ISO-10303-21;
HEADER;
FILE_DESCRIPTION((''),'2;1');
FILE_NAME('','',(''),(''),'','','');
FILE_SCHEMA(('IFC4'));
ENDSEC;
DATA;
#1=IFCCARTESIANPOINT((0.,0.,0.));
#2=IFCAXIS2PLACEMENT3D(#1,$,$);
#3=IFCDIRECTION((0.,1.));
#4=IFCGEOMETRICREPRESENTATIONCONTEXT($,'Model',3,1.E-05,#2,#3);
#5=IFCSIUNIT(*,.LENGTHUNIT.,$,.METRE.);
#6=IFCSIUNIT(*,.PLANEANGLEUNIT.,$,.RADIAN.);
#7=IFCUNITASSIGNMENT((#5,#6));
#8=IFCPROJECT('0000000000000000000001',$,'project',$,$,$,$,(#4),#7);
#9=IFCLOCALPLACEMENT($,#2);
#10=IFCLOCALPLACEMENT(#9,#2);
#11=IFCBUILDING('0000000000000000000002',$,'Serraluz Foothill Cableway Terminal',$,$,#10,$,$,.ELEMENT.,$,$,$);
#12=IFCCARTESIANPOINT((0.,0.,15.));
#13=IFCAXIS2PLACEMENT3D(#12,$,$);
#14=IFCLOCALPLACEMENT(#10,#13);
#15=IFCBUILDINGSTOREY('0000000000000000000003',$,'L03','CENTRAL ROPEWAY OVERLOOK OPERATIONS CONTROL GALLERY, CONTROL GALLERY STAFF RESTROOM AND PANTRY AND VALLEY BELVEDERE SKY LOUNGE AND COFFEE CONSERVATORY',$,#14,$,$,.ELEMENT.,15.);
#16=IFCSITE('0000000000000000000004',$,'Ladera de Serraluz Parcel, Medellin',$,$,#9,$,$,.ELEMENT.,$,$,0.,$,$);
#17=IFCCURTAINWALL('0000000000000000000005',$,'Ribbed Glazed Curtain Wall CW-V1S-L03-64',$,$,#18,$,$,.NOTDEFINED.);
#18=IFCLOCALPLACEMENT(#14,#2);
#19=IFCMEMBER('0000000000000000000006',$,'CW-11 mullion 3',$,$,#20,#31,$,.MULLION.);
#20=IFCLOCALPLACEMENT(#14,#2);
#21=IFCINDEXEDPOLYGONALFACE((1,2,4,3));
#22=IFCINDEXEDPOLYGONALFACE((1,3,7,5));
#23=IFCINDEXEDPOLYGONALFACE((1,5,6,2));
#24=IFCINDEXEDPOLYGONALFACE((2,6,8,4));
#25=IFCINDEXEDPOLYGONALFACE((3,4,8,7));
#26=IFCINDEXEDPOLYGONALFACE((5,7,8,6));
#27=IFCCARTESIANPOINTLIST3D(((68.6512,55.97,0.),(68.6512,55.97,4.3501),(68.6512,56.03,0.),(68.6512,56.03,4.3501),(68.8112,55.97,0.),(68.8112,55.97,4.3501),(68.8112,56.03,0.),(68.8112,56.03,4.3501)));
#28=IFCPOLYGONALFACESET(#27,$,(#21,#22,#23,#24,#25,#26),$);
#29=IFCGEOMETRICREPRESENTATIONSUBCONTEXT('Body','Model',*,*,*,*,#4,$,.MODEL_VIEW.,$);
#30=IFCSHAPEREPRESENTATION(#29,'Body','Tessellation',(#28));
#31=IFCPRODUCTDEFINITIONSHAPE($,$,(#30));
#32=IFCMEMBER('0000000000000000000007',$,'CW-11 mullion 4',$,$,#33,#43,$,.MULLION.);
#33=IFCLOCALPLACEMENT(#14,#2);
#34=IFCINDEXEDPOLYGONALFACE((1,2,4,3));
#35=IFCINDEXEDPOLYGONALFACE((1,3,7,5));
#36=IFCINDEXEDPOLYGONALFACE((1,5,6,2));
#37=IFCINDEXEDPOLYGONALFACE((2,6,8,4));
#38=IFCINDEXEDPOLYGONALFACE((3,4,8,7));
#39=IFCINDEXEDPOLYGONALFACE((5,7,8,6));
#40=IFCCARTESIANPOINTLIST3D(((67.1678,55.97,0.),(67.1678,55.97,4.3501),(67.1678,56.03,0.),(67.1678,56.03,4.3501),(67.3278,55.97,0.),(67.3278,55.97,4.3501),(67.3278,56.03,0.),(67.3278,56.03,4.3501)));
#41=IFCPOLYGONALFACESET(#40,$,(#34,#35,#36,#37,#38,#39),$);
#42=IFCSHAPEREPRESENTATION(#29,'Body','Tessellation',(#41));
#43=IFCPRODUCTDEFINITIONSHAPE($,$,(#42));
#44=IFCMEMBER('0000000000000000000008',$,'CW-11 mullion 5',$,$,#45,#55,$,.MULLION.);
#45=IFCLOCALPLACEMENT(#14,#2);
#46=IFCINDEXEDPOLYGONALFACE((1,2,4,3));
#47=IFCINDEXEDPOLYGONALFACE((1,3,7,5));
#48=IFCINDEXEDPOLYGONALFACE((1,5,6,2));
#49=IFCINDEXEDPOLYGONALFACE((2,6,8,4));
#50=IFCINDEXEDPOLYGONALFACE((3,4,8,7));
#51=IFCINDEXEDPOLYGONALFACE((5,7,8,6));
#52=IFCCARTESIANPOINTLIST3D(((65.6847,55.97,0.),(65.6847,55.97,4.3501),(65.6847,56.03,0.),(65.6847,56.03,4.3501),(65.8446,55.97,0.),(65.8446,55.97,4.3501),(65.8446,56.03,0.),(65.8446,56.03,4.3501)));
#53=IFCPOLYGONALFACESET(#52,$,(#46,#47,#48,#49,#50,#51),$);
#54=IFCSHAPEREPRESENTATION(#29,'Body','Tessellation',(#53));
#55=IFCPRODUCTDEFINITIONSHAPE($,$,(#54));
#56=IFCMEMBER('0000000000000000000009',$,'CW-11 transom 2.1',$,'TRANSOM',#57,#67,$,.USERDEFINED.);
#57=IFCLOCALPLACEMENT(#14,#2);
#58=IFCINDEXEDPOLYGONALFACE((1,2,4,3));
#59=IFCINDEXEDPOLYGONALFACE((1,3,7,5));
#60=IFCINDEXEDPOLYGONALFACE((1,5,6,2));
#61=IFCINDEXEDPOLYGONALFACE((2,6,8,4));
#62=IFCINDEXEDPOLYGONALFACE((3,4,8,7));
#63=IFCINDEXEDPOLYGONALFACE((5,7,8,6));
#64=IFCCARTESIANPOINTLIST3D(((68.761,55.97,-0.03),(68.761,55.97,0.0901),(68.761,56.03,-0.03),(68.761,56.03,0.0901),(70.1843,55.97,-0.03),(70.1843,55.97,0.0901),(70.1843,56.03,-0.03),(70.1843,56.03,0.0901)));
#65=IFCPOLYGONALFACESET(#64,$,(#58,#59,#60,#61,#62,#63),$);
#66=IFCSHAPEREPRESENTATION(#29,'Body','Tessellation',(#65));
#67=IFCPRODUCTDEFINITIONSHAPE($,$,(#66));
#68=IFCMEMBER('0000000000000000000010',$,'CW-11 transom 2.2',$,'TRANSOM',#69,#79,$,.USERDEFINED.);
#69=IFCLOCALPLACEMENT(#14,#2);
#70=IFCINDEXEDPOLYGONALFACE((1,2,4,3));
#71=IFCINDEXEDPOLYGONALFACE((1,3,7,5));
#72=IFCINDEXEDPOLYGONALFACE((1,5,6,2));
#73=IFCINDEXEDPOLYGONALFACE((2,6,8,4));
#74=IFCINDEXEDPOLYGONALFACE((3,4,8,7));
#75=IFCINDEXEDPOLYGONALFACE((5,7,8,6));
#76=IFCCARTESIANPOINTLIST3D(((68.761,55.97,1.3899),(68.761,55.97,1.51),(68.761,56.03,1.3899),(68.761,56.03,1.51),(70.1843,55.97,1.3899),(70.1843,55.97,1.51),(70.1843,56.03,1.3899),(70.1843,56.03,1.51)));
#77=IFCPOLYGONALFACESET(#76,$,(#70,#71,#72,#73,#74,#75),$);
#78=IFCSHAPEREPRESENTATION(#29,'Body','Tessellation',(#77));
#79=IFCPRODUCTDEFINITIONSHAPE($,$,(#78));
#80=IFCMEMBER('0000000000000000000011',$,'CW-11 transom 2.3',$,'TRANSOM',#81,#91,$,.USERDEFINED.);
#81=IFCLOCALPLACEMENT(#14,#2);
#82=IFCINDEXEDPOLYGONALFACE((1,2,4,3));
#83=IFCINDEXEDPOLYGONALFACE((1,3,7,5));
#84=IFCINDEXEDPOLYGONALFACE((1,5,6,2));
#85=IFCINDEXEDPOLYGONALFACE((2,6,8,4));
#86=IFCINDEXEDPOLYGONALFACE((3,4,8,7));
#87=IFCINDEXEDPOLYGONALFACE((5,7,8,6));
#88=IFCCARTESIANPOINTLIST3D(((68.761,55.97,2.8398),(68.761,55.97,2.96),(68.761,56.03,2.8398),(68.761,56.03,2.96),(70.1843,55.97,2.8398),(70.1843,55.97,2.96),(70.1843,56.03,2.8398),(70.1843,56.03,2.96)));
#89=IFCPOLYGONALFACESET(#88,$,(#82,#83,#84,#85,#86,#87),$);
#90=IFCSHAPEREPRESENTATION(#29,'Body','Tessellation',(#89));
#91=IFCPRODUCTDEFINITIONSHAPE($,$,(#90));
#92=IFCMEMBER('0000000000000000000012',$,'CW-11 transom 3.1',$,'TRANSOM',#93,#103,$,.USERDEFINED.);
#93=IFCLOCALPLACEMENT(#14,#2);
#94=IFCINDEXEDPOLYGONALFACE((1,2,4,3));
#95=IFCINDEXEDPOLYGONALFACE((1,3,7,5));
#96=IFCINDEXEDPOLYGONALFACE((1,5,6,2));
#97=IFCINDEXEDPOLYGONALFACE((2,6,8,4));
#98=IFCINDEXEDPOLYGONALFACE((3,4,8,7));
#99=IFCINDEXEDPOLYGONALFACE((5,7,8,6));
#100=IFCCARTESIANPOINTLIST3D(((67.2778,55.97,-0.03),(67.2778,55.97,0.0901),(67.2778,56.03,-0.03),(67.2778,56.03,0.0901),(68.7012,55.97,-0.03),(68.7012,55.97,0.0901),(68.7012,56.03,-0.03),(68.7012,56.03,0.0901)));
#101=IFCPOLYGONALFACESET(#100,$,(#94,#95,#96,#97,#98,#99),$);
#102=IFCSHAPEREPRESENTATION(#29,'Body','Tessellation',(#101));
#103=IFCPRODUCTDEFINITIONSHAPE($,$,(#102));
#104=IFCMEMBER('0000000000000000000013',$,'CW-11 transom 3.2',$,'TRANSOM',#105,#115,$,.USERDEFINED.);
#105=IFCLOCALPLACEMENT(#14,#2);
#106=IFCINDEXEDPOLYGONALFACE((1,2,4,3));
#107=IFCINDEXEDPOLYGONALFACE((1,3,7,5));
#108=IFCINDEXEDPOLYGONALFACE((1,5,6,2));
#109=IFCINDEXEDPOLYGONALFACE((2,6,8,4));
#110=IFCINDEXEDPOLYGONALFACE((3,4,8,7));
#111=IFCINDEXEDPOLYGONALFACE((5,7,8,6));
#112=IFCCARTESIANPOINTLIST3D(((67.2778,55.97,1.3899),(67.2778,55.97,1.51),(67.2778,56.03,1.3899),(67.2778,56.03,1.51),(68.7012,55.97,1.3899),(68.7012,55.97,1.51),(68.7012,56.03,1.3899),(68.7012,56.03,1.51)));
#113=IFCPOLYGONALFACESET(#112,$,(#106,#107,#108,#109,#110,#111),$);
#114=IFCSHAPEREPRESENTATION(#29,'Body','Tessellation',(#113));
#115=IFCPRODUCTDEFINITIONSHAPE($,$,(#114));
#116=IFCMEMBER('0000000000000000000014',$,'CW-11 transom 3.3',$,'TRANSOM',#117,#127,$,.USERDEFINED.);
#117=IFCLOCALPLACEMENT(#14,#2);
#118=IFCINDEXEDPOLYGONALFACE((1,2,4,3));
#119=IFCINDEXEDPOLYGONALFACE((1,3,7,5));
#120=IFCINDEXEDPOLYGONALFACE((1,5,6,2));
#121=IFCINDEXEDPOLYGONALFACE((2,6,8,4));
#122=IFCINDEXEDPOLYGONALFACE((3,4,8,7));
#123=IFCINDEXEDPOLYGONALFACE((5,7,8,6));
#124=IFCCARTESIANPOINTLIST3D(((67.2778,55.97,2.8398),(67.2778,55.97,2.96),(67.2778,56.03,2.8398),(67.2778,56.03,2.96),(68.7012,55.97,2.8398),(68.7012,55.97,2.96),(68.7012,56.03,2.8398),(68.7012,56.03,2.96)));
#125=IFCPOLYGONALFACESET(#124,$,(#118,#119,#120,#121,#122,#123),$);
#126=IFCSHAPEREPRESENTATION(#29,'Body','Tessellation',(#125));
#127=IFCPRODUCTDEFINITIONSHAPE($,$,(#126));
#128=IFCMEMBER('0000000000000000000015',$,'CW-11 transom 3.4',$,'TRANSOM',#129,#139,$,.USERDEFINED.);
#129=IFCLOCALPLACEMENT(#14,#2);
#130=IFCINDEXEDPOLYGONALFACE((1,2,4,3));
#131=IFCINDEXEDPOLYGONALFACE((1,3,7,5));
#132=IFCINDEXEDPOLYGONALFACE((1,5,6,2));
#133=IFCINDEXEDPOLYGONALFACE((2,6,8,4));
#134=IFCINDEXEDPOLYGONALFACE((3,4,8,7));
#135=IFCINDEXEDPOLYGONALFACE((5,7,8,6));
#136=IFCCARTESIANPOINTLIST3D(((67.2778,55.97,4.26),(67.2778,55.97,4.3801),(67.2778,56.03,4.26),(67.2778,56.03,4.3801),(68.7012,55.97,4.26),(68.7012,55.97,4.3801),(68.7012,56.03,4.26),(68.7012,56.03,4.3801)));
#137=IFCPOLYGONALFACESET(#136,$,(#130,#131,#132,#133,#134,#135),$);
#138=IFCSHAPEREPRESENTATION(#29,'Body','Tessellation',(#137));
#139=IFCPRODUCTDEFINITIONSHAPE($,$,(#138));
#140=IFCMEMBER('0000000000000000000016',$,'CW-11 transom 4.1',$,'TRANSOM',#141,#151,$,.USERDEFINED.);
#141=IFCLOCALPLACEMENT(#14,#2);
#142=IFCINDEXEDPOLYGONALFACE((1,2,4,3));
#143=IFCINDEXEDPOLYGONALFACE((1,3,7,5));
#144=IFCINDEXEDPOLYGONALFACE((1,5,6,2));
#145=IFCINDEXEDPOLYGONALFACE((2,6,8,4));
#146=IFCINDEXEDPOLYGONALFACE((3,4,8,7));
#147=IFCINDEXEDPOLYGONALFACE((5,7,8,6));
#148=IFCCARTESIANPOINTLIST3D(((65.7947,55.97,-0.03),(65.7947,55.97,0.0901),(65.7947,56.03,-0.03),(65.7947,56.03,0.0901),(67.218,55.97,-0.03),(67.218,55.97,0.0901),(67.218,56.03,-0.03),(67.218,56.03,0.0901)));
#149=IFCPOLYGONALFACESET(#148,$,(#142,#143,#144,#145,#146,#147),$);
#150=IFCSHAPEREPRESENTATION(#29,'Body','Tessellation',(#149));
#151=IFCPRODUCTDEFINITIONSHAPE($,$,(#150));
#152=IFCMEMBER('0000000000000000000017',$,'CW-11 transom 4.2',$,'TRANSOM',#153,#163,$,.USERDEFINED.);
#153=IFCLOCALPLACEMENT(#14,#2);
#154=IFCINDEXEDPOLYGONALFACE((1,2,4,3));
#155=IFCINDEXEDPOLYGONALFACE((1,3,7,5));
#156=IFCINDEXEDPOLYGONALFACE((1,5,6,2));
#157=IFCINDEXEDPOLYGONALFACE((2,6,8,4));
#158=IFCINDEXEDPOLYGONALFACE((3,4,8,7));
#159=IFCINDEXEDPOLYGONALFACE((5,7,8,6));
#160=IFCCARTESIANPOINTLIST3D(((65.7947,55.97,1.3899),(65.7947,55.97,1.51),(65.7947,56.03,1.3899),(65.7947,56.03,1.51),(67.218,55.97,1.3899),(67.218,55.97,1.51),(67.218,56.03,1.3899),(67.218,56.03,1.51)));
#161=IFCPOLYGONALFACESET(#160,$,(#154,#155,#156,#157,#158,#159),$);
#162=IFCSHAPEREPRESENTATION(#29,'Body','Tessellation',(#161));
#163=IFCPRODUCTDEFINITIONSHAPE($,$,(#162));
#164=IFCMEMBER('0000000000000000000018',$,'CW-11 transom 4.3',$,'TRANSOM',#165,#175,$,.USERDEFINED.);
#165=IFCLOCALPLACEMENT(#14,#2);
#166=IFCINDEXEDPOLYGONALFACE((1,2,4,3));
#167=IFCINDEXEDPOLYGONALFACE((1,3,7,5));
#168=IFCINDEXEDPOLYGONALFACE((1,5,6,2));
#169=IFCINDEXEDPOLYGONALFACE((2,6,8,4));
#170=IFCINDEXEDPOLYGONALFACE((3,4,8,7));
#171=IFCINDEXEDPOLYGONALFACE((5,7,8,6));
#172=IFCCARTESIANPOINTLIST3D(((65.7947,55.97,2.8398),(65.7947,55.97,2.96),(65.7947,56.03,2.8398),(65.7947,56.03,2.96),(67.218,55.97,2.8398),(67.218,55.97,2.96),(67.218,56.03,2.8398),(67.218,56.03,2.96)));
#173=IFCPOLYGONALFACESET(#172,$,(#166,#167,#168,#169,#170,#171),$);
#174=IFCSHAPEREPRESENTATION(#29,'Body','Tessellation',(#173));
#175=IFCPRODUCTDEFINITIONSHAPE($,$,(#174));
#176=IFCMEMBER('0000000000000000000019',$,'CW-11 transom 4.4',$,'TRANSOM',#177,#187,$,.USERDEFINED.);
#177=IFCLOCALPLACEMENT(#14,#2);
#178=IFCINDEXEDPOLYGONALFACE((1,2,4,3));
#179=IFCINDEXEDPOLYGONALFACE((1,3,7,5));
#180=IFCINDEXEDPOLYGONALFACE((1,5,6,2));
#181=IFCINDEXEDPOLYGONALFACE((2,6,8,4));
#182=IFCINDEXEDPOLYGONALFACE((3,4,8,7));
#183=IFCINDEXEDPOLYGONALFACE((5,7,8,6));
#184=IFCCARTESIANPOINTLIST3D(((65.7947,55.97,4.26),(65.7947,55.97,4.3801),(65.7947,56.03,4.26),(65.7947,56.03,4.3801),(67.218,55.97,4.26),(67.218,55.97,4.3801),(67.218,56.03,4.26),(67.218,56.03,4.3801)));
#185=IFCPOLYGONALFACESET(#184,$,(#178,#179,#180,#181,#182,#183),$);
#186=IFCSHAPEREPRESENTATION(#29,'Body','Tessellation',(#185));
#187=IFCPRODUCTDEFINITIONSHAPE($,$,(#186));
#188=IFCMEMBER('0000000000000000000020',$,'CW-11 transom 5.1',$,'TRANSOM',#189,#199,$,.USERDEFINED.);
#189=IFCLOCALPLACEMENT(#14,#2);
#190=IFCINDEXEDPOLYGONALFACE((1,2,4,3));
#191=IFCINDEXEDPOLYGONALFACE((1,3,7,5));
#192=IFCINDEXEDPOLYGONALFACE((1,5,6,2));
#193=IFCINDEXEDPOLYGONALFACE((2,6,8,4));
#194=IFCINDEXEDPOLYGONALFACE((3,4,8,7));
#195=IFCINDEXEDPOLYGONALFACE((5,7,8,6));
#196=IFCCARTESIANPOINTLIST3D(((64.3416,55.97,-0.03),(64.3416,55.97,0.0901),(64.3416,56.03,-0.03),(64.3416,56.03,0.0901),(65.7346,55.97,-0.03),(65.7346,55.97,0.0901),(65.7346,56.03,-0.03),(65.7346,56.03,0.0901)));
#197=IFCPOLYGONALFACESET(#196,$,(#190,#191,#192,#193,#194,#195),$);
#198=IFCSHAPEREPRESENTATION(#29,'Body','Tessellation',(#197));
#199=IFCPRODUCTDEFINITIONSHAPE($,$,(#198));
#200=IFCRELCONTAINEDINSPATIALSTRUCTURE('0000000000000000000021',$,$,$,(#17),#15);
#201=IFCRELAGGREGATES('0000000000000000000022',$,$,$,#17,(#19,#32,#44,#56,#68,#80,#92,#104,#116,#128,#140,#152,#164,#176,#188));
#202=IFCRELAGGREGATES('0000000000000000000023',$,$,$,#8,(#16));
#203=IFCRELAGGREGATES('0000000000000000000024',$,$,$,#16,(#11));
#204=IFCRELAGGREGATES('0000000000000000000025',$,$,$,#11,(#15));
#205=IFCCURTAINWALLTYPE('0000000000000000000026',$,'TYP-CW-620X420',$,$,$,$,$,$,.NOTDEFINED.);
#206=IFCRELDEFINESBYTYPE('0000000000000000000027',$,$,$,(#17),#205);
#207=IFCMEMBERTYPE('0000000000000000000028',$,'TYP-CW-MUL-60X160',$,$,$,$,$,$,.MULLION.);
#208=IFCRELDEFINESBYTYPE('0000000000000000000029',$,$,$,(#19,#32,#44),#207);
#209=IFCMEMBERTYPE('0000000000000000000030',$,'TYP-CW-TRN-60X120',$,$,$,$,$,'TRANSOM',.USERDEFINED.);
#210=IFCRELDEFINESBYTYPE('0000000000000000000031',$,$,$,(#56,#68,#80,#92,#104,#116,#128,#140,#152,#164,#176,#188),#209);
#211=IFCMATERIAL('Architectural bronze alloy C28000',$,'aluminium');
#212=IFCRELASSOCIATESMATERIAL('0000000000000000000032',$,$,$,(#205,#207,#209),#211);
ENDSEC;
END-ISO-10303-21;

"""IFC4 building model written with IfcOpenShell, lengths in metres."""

from ifc_helpers import new_model, si_unit, direction, frame, origin, origin_2d, place, context, subcontext, project, spatial, rectangle, extrude, material, material_profile, profile_set, type_object, element, aggregate, save


model = new_model("IFC4")

# Units and contexts
model_context = context("Model", 3, precision=1e-05, world=origin(), true_north=direction((0.0, 1.0)))
body_context = subcontext(model_context, "Body", "Model", "MODEL_VIEW")
ifc_project = project(units=[si_unit("LENGTHUNIT", "METRE"), si_unit("PLANEANGLEUNIT", "RADIAN")], contexts=[model_context])

# Site, building, storey
site_placement = place(None, origin())
site = spatial("IfcSite", under=ifc_project, at=site_placement, Name="Ladera de Serraluz Parcel, Medellin", CompositionType="ELEMENT", RefElevation=0.0)
building_placement = place(site_placement, origin())
building = spatial("IfcBuilding", under=site, at=building_placement, Name="Serraluz Foothill Cableway Terminal", CompositionType="ELEMENT")
storey_placement = place(building_placement, frame((0.0, 0.0, 15.0)))
storey = spatial("IfcBuildingStorey", under=building, at=storey_placement, Name="L03", Description="CENTRAL ROPEWAY OVERLOOK OPERATIONS CONTROL GALLERY, CONTROL GALLERY STAFF RESTROOM AND PANTRY AND VALLEY BELVEDERE SKY LOUNGE AND COFFEE CONSERVATORY", CompositionType="ELEMENT", Elevation=15.0)

# Curtain wall, members
ifc_material_1 = material(Name="Architectural bronze alloy C28000", Category="aluminium")
curtain_wall_type = type_object("IfcCurtainWallType", Name="TYP-CW-620X420", PredefinedType="NOTDEFINED", material=ifc_material_1)
curtain_wall_placement = place(storey_placement, origin())
curtain_wall = element("IfcCurtainWall", 1, at=curtain_wall_placement, inside=storey, type_object=curtain_wall_type, Name="Ribbed Glazed Curtain Wall CW-V1S-L03-64", PredefinedType="NOTDEFINED")
ifc_material_profile_1 = material_profile(ifc_material_1, rectangle(XDim=0.0601, YDim=0.1599, at=origin_2d()), Name="ALU MULLION 60x160")
ifc_profile_set_1 = profile_set([ifc_material_profile_1], Name="Architectural bronze alloy C28000")
member_type_1 = type_object("IfcMemberType", Name="TYP-CW-MUL-60X160", PredefinedType="MULLION", material=ifc_profile_set_1)
member_1_placement = place(storey_placement, frame((68.7312, 56.0, 0.0), z_axis=(0.0, 0.0, 1.0), x_axis=(0.0, -1.0, 0.0)))
member_1 = element("IfcMember", 2, at=member_1_placement, type_object=member_type_1, Name="CW-11 mullion 3", PredefinedType="MULLION", context=body_context, shape_type="SweptSolid", body=[
    extrude(rectangle(XDim=0.0601, YDim=0.1599, at=origin_2d()), origin(), (0.0, 0.0, 1.0), 4.3501),
])
member_2_placement = place(storey_placement, frame((67.2478, 56.0, 0.0), z_axis=(0.0, 0.0, 1.0), x_axis=(0.0, -1.0, 0.0)))
member_2 = element("IfcMember", 3, at=member_2_placement, type_object=member_type_1, Name="CW-11 mullion 4", PredefinedType="MULLION", context=body_context, shape_type="SweptSolid", body=[
    extrude(rectangle(XDim=0.0601, YDim=0.1599, at=origin_2d()), origin(), (0.0, 0.0, 1.0), 4.3501),
])
member_3_placement = place(storey_placement, frame((65.7646, 56.0, 0.0), z_axis=(0.0, 0.0, 1.0), x_axis=(0.0, -1.0, 0.0)))
member_3 = element("IfcMember", 4, at=member_3_placement, type_object=member_type_1, Name="CW-11 mullion 5", PredefinedType="MULLION", context=body_context, shape_type="SweptSolid", body=[
    extrude(rectangle(XDim=0.0601, YDim=0.1599, at=origin_2d()), origin(), (0.0, 0.0, 1.0), 4.3501),
])
ifc_material_profile_2 = material_profile(ifc_material_1, rectangle(XDim=0.0601, YDim=0.1201, at=origin_2d()), Name="ALU TRANSOM 60x120")
ifc_profile_set_2 = profile_set([ifc_material_profile_2], Name="Architectural bronze alloy C28000")
member_type_2 = type_object("IfcMemberType", Name="TYP-CW-TRN-60X120", ElementType="TRANSOM", PredefinedType="USERDEFINED", material=ifc_profile_set_2)
member_4_placement = place(storey_placement, frame((70.1843, 56.0, 0.03), z_axis=(-1.0, 0.0, 0.0), x_axis=(0.0, -1.0, 0.0)))
member_4 = element("IfcMember", 5, at=member_4_placement, type_object=member_type_2, Name="CW-11 transom 2.1", ObjectType="TRANSOM", PredefinedType="USERDEFINED", context=body_context, shape_type="SweptSolid", body=[
    extrude(rectangle(XDim=0.0601, YDim=0.1201, at=origin_2d()), origin(), (0.0, 0.0, 1.0), 1.4233),
])
member_5_placement = place(storey_placement, frame((70.1843, 56.0, 1.45), z_axis=(-1.0, 0.0, 0.0), x_axis=(0.0, -1.0, 0.0)))
member_5 = element("IfcMember", 6, at=member_5_placement, type_object=member_type_2, Name="CW-11 transom 2.2", ObjectType="TRANSOM", PredefinedType="USERDEFINED", context=body_context, shape_type="SweptSolid", body=[
    extrude(rectangle(XDim=0.0601, YDim=0.1201, at=origin_2d()), origin(), (0.0, 0.0, 1.0), 1.4233),
])
member_6_placement = place(storey_placement, frame((70.1843, 56.0, 2.8999), z_axis=(-1.0, 0.0, 0.0), x_axis=(0.0, -1.0, 0.0)))
member_6 = element("IfcMember", 7, at=member_6_placement, type_object=member_type_2, Name="CW-11 transom 2.3", ObjectType="TRANSOM", PredefinedType="USERDEFINED", context=body_context, shape_type="SweptSolid", body=[
    extrude(rectangle(XDim=0.0601, YDim=0.1201, at=origin_2d()), origin(), (0.0, 0.0, 1.0), 1.4233),
])
member_7_placement = place(storey_placement, frame((68.7012, 56.0, 0.03), z_axis=(-1.0, 0.0, 0.0), x_axis=(0.0, -1.0, 0.0)))
member_7 = element("IfcMember", 8, at=member_7_placement, type_object=member_type_2, Name="CW-11 transom 3.1", ObjectType="TRANSOM", PredefinedType="USERDEFINED", context=body_context, shape_type="SweptSolid", body=[
    extrude(rectangle(XDim=0.0601, YDim=0.1201, at=origin_2d()), origin(), (0.0, 0.0, 1.0), 1.4233),
])
member_8_placement = place(storey_placement, frame((68.7012, 56.0, 1.45), z_axis=(-1.0, 0.0, 0.0), x_axis=(0.0, -1.0, 0.0)))
member_8 = element("IfcMember", 9, at=member_8_placement, type_object=member_type_2, Name="CW-11 transom 3.2", ObjectType="TRANSOM", PredefinedType="USERDEFINED", context=body_context, shape_type="SweptSolid", body=[
    extrude(rectangle(XDim=0.0601, YDim=0.1201, at=origin_2d()), origin(), (0.0, 0.0, 1.0), 1.4233),
])
member_9_placement = place(storey_placement, frame((68.7012, 56.0, 2.8999), z_axis=(-1.0, 0.0, 0.0), x_axis=(0.0, -1.0, 0.0)))
member_9 = element("IfcMember", 10, at=member_9_placement, type_object=member_type_2, Name="CW-11 transom 3.3", ObjectType="TRANSOM", PredefinedType="USERDEFINED", context=body_context, shape_type="SweptSolid", body=[
    extrude(rectangle(XDim=0.0601, YDim=0.1201, at=origin_2d()), origin(), (0.0, 0.0, 1.0), 1.4233),
])
member_10_placement = place(storey_placement, frame((68.7012, 56.0, 4.3201), z_axis=(-1.0, 0.0, 0.0), x_axis=(0.0, -1.0, 0.0)))
member_10 = element("IfcMember", 11, at=member_10_placement, type_object=member_type_2, Name="CW-11 transom 3.4", ObjectType="TRANSOM", PredefinedType="USERDEFINED", context=body_context, shape_type="SweptSolid", body=[
    extrude(rectangle(XDim=0.0601, YDim=0.1201, at=origin_2d()), origin(), (0.0, 0.0, 1.0), 1.4233),
])
member_11_placement = place(storey_placement, frame((67.218, 56.0, 0.03), z_axis=(-1.0, 0.0, 0.0), x_axis=(0.0, -1.0, 0.0)))
member_11 = element("IfcMember", 12, at=member_11_placement, type_object=member_type_2, Name="CW-11 transom 4.1", ObjectType="TRANSOM", PredefinedType="USERDEFINED", context=body_context, shape_type="SweptSolid", body=[
    extrude(rectangle(XDim=0.0601, YDim=0.1201, at=origin_2d()), origin(), (0.0, 0.0, 1.0), 1.4233),
])
member_12_placement = place(storey_placement, frame((67.218, 56.0, 1.45), z_axis=(-1.0, 0.0, 0.0), x_axis=(0.0, -1.0, 0.0)))
member_12 = element("IfcMember", 13, at=member_12_placement, type_object=member_type_2, Name="CW-11 transom 4.2", ObjectType="TRANSOM", PredefinedType="USERDEFINED", context=body_context, shape_type="SweptSolid", body=[
    extrude(rectangle(XDim=0.0601, YDim=0.1201, at=origin_2d()), origin(), (0.0, 0.0, 1.0), 1.4233),
])
member_13_placement = place(storey_placement, frame((67.218, 56.0, 2.8999), z_axis=(-1.0, 0.0, 0.0), x_axis=(0.0, -1.0, 0.0)))
member_13 = element("IfcMember", 14, at=member_13_placement, type_object=member_type_2, Name="CW-11 transom 4.3", ObjectType="TRANSOM", PredefinedType="USERDEFINED", context=body_context, shape_type="SweptSolid", body=[
    extrude(rectangle(XDim=0.0601, YDim=0.1201, at=origin_2d()), origin(), (0.0, 0.0, 1.0), 1.4233),
])
member_14_placement = place(storey_placement, frame((67.218, 56.0, 4.3201), z_axis=(-1.0, 0.0, 0.0), x_axis=(0.0, -1.0, 0.0)))
member_14 = element("IfcMember", 15, at=member_14_placement, type_object=member_type_2, Name="CW-11 transom 4.4", ObjectType="TRANSOM", PredefinedType="USERDEFINED", context=body_context, shape_type="SweptSolid", body=[
    extrude(rectangle(XDim=0.0601, YDim=0.1201, at=origin_2d()), origin(), (0.0, 0.0, 1.0), 1.4233),
])
member_15_placement = place(storey_placement, frame((65.7346, 56.0, 0.03), z_axis=(-1.0, 0.0, 0.0), x_axis=(0.0, -1.0, 0.0)))
member_15 = element("IfcMember", 16, at=member_15_placement, type_object=member_type_2, Name="CW-11 transom 5.1", ObjectType="TRANSOM", PredefinedType="USERDEFINED", context=body_context, shape_type="SweptSolid", body=[
    extrude(rectangle(XDim=0.0601, YDim=0.1201, at=origin_2d()), origin(), (0.0, 0.0, 1.0), 1.3931),
])
aggregate(curtain_wall, [member_1, member_2, member_3, member_4, member_5, member_6, member_7, member_8, member_9, member_10, member_11, member_12, member_13, member_14, member_15])

save(model, "model.ifc")
